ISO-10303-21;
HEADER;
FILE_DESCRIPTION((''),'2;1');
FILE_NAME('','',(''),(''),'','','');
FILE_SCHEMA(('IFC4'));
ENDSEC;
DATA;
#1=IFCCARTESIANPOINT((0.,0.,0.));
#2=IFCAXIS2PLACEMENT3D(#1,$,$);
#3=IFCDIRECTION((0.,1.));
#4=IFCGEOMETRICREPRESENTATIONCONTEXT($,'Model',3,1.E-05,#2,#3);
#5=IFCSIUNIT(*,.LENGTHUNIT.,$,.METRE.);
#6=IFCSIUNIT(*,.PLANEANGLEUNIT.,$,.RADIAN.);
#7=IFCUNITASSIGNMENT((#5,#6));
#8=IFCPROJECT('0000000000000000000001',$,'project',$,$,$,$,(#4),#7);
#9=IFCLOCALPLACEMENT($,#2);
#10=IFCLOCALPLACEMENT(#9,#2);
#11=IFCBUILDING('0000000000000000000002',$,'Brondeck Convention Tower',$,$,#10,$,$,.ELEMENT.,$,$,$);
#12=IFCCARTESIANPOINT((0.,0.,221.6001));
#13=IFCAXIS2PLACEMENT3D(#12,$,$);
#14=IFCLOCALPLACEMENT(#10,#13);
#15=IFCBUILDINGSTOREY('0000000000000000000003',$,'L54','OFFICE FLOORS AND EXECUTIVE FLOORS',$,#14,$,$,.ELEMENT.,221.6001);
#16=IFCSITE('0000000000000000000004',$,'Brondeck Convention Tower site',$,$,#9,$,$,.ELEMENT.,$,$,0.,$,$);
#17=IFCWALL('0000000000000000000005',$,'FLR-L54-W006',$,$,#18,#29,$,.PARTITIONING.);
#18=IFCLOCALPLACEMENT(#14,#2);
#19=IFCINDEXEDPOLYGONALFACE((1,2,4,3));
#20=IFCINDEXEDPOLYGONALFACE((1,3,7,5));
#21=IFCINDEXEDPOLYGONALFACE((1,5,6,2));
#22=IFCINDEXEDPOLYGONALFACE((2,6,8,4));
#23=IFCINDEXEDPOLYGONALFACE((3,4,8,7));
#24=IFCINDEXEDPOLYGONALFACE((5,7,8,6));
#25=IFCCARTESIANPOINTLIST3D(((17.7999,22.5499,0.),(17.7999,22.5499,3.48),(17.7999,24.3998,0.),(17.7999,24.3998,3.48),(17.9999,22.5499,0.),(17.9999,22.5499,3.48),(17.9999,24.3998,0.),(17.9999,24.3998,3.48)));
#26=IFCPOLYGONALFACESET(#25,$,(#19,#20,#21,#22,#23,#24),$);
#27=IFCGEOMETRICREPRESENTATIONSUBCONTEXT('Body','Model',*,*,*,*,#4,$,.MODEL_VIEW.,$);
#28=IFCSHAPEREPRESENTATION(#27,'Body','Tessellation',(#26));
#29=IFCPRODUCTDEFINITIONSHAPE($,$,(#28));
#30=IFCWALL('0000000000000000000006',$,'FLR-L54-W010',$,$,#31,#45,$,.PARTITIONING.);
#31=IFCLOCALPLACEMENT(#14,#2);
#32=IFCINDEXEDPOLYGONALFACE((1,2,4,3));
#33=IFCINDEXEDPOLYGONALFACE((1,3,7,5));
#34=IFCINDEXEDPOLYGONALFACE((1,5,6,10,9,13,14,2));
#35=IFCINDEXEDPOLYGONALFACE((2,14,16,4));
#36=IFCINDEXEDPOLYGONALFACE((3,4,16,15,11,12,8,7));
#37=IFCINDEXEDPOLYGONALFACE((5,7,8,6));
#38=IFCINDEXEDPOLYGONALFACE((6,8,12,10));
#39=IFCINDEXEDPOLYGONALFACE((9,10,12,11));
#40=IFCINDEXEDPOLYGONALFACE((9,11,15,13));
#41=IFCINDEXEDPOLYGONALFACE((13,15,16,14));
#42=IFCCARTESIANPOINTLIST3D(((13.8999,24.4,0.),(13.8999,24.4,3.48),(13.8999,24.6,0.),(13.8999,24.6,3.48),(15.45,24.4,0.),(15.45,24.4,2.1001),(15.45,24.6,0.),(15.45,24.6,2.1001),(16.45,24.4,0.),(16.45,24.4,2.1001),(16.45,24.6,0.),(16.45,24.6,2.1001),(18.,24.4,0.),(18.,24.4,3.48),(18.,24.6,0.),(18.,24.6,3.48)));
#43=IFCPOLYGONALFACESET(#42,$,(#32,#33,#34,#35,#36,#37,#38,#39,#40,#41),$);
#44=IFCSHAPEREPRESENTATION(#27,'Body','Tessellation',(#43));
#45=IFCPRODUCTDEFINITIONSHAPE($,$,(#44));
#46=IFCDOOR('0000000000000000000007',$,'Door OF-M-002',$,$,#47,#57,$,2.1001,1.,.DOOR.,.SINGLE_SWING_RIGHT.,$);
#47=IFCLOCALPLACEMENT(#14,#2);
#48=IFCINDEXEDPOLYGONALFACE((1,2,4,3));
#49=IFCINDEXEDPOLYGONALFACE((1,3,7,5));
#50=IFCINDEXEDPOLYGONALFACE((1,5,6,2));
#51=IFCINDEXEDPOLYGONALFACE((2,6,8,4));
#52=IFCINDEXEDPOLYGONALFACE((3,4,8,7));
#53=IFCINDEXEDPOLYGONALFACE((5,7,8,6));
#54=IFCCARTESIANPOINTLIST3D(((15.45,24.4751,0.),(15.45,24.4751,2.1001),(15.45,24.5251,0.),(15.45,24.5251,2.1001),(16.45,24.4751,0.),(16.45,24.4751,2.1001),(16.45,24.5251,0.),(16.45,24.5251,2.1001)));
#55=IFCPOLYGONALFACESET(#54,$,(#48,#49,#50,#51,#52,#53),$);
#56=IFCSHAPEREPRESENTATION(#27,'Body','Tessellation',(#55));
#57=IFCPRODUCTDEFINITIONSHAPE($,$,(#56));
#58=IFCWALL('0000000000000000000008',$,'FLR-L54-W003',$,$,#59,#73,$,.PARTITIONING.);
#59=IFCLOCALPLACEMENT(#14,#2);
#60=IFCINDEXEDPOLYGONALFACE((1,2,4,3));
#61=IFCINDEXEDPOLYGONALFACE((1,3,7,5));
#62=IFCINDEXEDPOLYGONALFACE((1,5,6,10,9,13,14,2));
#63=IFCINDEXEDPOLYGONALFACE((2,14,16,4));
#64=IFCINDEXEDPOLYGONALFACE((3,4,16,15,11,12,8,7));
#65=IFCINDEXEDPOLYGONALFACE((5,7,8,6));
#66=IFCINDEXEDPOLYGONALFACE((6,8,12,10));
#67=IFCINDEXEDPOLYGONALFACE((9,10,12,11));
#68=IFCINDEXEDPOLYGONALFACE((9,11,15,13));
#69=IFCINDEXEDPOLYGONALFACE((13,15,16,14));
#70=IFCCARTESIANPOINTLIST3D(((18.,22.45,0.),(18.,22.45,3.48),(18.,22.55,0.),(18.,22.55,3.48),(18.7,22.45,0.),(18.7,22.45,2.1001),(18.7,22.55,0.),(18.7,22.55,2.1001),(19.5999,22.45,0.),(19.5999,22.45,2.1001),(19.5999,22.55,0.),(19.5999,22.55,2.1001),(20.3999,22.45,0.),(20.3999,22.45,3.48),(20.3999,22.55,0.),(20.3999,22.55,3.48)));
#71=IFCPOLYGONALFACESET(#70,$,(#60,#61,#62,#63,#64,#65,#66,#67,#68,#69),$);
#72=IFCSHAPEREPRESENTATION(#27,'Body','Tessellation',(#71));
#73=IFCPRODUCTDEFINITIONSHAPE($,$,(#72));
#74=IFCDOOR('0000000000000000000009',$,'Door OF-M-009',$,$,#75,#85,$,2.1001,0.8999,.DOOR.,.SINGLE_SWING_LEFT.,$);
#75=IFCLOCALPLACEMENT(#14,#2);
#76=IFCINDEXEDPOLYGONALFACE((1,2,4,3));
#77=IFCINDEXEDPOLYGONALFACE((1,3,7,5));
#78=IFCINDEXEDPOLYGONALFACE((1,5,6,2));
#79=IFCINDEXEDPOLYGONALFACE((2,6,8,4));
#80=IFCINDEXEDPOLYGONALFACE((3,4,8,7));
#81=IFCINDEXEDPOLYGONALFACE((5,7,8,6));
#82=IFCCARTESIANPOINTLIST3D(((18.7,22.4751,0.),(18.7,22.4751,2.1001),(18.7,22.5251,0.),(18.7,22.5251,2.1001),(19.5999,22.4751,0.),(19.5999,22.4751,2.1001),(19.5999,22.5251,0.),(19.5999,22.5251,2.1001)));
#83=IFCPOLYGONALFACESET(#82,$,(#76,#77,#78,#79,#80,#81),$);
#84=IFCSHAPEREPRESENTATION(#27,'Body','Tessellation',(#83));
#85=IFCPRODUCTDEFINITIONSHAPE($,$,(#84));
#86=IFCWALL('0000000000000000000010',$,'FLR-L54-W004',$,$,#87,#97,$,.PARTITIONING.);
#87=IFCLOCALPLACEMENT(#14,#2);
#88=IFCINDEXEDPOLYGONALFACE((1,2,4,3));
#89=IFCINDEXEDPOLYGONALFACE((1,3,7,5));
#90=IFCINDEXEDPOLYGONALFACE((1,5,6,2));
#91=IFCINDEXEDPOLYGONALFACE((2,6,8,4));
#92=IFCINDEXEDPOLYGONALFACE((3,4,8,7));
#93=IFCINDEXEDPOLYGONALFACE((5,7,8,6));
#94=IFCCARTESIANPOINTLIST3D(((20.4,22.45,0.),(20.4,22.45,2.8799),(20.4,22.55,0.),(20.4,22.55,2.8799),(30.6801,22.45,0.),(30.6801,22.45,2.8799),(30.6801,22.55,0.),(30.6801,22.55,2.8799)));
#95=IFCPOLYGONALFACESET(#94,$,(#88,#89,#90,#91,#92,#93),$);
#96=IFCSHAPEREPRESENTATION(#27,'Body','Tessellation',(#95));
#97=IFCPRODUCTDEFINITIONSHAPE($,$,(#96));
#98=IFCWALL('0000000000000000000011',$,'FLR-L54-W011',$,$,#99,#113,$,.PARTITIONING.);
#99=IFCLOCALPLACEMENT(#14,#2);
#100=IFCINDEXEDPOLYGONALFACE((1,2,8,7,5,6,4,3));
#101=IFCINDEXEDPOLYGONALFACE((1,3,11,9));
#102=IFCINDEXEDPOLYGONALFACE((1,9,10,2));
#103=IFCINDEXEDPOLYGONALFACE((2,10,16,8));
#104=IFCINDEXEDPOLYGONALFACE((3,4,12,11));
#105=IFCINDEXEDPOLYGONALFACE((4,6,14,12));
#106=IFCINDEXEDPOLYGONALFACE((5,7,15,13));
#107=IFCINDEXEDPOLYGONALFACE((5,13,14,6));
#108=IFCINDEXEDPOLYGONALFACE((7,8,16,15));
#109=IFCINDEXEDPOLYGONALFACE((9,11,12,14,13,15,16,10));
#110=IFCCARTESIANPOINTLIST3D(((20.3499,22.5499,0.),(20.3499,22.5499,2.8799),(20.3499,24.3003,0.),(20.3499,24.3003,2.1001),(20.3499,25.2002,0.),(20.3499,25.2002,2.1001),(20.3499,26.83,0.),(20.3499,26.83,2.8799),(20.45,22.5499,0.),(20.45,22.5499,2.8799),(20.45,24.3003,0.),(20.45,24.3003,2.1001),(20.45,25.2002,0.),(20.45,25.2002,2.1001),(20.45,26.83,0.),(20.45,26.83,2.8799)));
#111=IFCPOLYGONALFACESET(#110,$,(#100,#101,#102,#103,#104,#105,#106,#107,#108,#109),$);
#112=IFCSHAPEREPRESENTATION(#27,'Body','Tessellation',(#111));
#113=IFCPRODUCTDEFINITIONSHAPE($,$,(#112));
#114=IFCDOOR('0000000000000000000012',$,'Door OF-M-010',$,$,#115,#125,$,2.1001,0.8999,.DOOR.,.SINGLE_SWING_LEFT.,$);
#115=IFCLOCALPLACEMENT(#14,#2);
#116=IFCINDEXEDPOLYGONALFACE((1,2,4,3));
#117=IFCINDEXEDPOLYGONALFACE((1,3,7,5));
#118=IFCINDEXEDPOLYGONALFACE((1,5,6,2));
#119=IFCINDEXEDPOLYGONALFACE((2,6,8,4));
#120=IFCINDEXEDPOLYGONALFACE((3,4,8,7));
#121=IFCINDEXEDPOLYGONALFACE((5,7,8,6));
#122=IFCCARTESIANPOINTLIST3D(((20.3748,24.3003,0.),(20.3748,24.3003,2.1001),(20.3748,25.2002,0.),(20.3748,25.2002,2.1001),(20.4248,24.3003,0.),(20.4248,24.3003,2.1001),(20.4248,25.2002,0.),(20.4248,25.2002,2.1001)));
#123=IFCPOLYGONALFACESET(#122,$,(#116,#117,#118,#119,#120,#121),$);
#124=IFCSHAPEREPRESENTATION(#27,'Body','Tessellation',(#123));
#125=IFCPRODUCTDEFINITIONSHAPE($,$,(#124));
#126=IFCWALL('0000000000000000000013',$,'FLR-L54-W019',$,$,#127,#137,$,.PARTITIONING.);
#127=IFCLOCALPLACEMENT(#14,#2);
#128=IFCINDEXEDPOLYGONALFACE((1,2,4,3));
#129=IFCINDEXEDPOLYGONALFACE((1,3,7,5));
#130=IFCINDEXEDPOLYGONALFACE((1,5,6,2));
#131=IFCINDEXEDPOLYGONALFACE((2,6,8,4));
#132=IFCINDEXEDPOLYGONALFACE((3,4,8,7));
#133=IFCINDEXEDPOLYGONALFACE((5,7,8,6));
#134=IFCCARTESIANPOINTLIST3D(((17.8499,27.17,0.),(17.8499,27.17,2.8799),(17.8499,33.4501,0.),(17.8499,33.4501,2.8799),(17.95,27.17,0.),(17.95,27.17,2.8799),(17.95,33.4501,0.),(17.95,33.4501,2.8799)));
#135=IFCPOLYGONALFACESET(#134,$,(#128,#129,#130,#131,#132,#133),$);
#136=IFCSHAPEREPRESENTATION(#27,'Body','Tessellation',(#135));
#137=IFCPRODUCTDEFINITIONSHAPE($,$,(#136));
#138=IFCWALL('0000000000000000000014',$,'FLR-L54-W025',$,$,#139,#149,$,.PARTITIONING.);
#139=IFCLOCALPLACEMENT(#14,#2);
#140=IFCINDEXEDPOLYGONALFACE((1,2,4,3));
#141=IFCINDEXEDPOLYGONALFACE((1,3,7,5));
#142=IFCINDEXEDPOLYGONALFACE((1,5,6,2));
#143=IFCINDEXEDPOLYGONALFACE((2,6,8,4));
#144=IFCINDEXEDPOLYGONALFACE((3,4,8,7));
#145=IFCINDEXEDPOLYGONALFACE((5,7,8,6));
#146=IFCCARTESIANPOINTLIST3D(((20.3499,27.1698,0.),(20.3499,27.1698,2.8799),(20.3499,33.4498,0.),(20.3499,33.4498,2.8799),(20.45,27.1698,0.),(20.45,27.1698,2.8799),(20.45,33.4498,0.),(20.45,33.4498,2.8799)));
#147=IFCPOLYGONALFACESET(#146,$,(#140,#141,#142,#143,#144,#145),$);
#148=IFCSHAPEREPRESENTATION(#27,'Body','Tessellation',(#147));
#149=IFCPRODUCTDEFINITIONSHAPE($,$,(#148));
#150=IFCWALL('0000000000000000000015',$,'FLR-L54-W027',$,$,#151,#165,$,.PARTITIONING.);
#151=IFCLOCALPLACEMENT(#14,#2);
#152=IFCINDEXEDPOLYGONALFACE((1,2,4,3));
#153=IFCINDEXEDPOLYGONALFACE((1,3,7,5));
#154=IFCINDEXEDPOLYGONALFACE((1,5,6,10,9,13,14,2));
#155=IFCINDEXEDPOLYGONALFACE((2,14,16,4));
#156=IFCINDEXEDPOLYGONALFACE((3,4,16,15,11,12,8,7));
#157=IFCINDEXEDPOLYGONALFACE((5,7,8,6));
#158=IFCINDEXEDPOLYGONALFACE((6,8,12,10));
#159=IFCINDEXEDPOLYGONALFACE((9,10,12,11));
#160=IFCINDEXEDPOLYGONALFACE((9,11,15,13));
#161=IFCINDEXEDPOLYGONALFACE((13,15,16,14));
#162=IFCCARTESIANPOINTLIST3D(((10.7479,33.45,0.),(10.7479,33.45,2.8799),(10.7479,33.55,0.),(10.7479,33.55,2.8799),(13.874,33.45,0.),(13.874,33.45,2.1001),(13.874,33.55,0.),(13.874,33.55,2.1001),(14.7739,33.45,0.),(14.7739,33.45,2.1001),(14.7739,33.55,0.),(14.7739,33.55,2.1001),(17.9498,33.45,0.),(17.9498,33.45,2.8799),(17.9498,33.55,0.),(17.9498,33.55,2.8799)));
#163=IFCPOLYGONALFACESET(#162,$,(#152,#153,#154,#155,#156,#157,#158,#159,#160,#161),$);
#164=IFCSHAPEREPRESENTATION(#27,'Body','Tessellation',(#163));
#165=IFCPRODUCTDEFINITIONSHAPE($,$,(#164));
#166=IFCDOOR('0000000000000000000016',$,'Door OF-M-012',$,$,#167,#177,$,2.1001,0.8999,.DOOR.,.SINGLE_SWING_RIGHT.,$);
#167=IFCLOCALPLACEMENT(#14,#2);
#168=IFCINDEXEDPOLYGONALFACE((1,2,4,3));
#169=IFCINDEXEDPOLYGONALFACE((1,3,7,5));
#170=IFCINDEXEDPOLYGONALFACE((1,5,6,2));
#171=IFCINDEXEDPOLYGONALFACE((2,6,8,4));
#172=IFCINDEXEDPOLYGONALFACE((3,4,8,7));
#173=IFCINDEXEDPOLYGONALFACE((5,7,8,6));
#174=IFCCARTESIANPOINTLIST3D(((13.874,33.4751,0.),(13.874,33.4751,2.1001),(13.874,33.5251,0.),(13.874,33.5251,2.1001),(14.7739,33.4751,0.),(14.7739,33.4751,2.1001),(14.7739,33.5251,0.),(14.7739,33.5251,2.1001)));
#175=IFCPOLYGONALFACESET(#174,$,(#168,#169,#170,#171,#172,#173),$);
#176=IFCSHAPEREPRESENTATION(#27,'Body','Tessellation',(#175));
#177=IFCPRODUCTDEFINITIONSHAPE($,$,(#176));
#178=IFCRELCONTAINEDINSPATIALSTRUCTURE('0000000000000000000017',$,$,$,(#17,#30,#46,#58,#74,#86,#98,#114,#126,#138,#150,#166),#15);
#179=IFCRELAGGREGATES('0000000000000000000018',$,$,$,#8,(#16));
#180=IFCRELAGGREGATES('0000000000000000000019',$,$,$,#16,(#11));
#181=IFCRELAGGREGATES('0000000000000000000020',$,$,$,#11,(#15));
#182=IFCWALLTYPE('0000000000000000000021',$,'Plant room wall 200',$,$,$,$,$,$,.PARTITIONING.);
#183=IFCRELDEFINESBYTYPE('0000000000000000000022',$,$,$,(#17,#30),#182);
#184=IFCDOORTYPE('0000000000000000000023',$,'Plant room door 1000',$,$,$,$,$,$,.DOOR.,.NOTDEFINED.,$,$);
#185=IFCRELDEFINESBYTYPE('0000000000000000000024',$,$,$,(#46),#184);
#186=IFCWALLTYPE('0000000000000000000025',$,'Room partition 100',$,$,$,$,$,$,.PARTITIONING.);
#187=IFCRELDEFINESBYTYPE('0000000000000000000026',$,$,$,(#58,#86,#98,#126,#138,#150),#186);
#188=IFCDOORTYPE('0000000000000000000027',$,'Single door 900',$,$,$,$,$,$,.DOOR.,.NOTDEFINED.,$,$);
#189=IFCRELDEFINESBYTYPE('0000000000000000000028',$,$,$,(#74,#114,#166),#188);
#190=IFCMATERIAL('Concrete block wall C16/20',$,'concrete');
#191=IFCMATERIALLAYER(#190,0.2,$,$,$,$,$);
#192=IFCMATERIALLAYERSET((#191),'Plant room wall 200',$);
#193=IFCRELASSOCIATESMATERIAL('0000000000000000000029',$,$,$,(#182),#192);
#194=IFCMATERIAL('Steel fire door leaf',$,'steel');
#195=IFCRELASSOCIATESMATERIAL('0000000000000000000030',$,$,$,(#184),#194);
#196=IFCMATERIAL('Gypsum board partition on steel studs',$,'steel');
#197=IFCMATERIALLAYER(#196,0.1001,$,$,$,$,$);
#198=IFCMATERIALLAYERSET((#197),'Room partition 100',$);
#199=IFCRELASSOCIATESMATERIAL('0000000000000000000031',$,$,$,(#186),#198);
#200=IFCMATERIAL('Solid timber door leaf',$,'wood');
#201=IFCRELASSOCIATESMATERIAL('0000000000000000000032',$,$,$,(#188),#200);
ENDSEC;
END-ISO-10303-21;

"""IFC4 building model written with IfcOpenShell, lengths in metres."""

from ifc_helpers import new_model, si_unit, direction, frame, frame_2d, origin, place, context, subcontext, project, spatial, rectangle, extrude, material, layer, layer_set, type_object, element, fill, save


model = new_model("IFC4")

# Units and contexts
model_context = context("Model", 3, precision=1e-05, world=origin(), true_north=direction((0.0, 1.0)))
body_context = subcontext(model_context, "Body", "Model", "MODEL_VIEW")
ifc_project = project(units=[si_unit("LENGTHUNIT", "METRE"), si_unit("PLANEANGLEUNIT", "RADIAN")], contexts=[model_context])

# Site, building, storey
site_placement = place(None, origin())
site = spatial("IfcSite", under=ifc_project, at=site_placement, Name="Brondeck Convention Tower site", CompositionType="ELEMENT", RefElevation=0.0)
building_placement = place(site_placement, origin())
building = spatial("IfcBuilding", under=site, at=building_placement, Name="Brondeck Convention Tower", CompositionType="ELEMENT")
storey_placement = place(building_placement, frame((0.0, 0.0, 221.6001)))
storey = spatial("IfcBuildingStorey", under=building, at=storey_placement, Name="L54", Description="OFFICE FLOORS AND EXECUTIVE FLOORS", CompositionType="ELEMENT", Elevation=221.6001)

# Wall
ifc_material_1 = material(Name="Concrete block wall C16/20", Category="concrete")
ifc_layer_1 = layer(ifc_material_1, 0.2)
ifc_layer_set_1 = layer_set([ifc_layer_1], Name="Plant room wall 200")
wall_type_1 = type_object("IfcWallType", Name="Plant room wall 200", PredefinedType="PARTITIONING", material=ifc_layer_set_1)
wall_1_placement = place(storey_placement, frame((17.8999, 22.55, 0.0), z_axis=(0.0, 0.0, 1.0), x_axis=(0.0, 1.0, 0.0)))
element("IfcWall", 1, at=wall_1_placement, inside=storey, type_object=wall_type_1, Name="FLR-L54-W006", PredefinedType="PARTITIONING", context=body_context, shape_type="SweptSolid", body=[
    extrude(rectangle(XDim=1.8499, YDim=0.2, at=frame_2d((0.9248, 0.0))), origin(), (0.0, 0.0, 1.0), 3.48),
])

# Walls, openings, doors
wall_2_placement = place(storey_placement, frame((18.0, 24.5, 0.0), z_axis=(0.0, 0.0, 1.0), x_axis=(-1.0, 0.0, 0.0)))
wall_2 = element("IfcWall", 2, at=wall_2_placement, inside=storey, type_object=wall_type_1, Name="FLR-L54-W010", PredefinedType="PARTITIONING", context=body_context, shape_type="SweptSolid", body=[
    extrude(rectangle(XDim=4.1001, YDim=0.2, at=frame_2d((2.05, 0.0))), origin(), (0.0, 0.0, 1.0), 3.48),
])
opening_1_placement = place(wall_2_placement, frame((1.55, 0.0, 0.0)))
opening_1 = element("IfcOpeningElement", 3, at=opening_1_placement, cuts=wall_2, PredefinedType="OPENING", context=body_context, shape_type="SweptSolid", body=[
    extrude(rectangle(XDim=1.0, YDim=2.1001, at=frame_2d((0.5, 1.05))), frame((0.0, 0.1099, 0.0), z_axis=(0.0, -1.0, 0.0), x_axis=(1.0, 0.0, 0.0)), (0.0, 0.0, 1.0), 0.22),
])
ifc_material_2 = material(Name="Steel fire door leaf", Category="steel")
door_type_1 = type_object("IfcDoorType", Name="Plant room door 1000", OperationType="NOTDEFINED", PredefinedType="DOOR", material=ifc_material_2)
door_1_placement = place(opening_1_placement, origin())
door_1 = element("IfcDoor", 4, at=door_1_placement, inside=storey, type_object=door_type_1, Name="Door OF-M-002", OperationType="SINGLE_SWING_RIGHT", OverallHeight=2.1001, OverallWidth=1.0, PredefinedType="DOOR", context=body_context, shape_type="SweptSolid", body=[
    extrude(rectangle(XDim=1.0, YDim=2.1001, at=frame_2d((0.5, 1.05))), frame((0.0, 0.0249, 0.0), z_axis=(0.0, -1.0, 0.0), x_axis=(1.0, 0.0, 0.0)), (0.0, 0.0, 1.0), 0.05),
])
fill(opening_1, door_1)
ifc_material_3 = material(Name="Gypsum board partition on steel studs", Category="steel")
ifc_layer_2 = layer(ifc_material_3, 0.1001)
ifc_layer_set_2 = layer_set([ifc_layer_2], Name="Room partition 100")
wall_type_2 = type_object("IfcWallType", Name="Room partition 100", PredefinedType="PARTITIONING", material=ifc_layer_set_2)
wall_3_placement = place(storey_placement, frame((20.3999, 22.5, 0.0), z_axis=(0.0, 0.0, 1.0), x_axis=(-1.0, 0.0, 0.0)))
wall_3 = element("IfcWall", 5, at=wall_3_placement, inside=storey, type_object=wall_type_2, Name="FLR-L54-W003", PredefinedType="PARTITIONING", context=body_context, shape_type="SweptSolid", body=[
    extrude(rectangle(XDim=2.3999, YDim=0.1001, at=frame_2d((1.2, 0.0))), origin(), (0.0, 0.0, 1.0), 3.48),
])
opening_2_placement = place(wall_3_placement, frame((0.8, 0.0, 0.0)))
opening_2 = element("IfcOpeningElement", 6, at=opening_2_placement, cuts=wall_3, PredefinedType="OPENING", context=body_context, shape_type="SweptSolid", body=[
    extrude(rectangle(XDim=0.8999, YDim=2.1001, at=frame_2d((0.45, 1.05))), frame((0.0, 0.0601, 0.0), z_axis=(0.0, -1.0, 0.0), x_axis=(1.0, 0.0, 0.0)), (0.0, 0.0, 1.0), 0.1201),
])
ifc_material_4 = material(Name="Solid timber door leaf", Category="wood")
door_type_2 = type_object("IfcDoorType", Name="Single door 900", OperationType="NOTDEFINED", PredefinedType="DOOR", material=ifc_material_4)
door_2_placement = place(opening_2_placement, origin())
door_2 = element("IfcDoor", 7, at=door_2_placement, inside=storey, type_object=door_type_2, Name="Door OF-M-009", OperationType="SINGLE_SWING_LEFT", OverallHeight=2.1001, OverallWidth=0.8999, PredefinedType="DOOR", context=body_context, shape_type="SweptSolid", body=[
    extrude(rectangle(XDim=0.8999, YDim=2.1001, at=frame_2d((0.45, 1.05))), frame((0.0, 0.0249, 0.0), z_axis=(0.0, -1.0, 0.0), x_axis=(1.0, 0.0, 0.0)), (0.0, 0.0, 1.0), 0.05),
])
fill(opening_2, door_2)

# Wall
wall_4_placement = place(storey_placement, frame((20.3999, 22.5, 0.0), z_axis=(0.0, 0.0, 1.0), x_axis=(1.0, 0.0, 0.0)))
element("IfcWall", 8, at=wall_4_placement, inside=storey, type_object=wall_type_2, Name="FLR-L54-W004", PredefinedType="PARTITIONING", context=body_context, shape_type="SweptSolid", body=[
    extrude(rectangle(XDim=10.28, YDim=0.1001, at=frame_2d((5.1401, 0.0))), origin(), (0.0, 0.0, 1.0), 2.8799),
])

# Wall, opening, door
wall_5_placement = place(storey_placement, frame((20.3999, 26.8301, 0.0), z_axis=(0.0, 0.0, 1.0), x_axis=(0.0, -1.0, 0.0)))
wall_5 = element("IfcWall", 9, at=wall_5_placement, inside=storey, type_object=wall_type_2, Name="FLR-L54-W011", PredefinedType="PARTITIONING", context=body_context, shape_type="SweptSolid", body=[
    extrude(rectangle(XDim=4.28, YDim=0.1001, at=frame_2d((2.1401, 0.0))), origin(), (0.0, 0.0, 1.0), 2.8799),
])
opening_3_placement = place(wall_5_placement, frame((1.6299, 0.0, 0.0)))
opening_3 = element("IfcOpeningElement", 10, at=opening_3_placement, cuts=wall_5, PredefinedType="OPENING", context=body_context, shape_type="SweptSolid", body=[
    extrude(rectangle(XDim=0.8999, YDim=2.1001, at=frame_2d((0.45, 1.05))), frame((0.0, 0.0601, 0.0), z_axis=(0.0, -1.0, 0.0), x_axis=(1.0, 0.0, 0.0)), (0.0, 0.0, 1.0), 0.1201),
])
door_3_placement = place(opening_3_placement, origin())
door_3 = element("IfcDoor", 11, at=door_3_placement, inside=storey, type_object=door_type_2, Name="Door OF-M-010", OperationType="SINGLE_SWING_LEFT", OverallHeight=2.1001, OverallWidth=0.8999, PredefinedType="DOOR", context=body_context, shape_type="SweptSolid", body=[
    extrude(rectangle(XDim=0.8999, YDim=2.1001, at=frame_2d((0.45, 1.05))), frame((0.0, 0.0249, 0.0), z_axis=(0.0, -1.0, 0.0), x_axis=(1.0, 0.0, 0.0)), (0.0, 0.0, 1.0), 0.05),
])
fill(opening_3, door_3)

# Walls
for number, where, z_axis, x_axis, name in (
    (12, (17.8999, 27.1699, 0.0), (0.0, 0.0, 1.0), (0.0, 1.0, 0.0), "FLR-L54-W019"),
    (13, (20.3999, 33.45, 0.0), (0.0, 0.0, 1.0), (0.0, -1.0, 0.0), "FLR-L54-W025"),
):
    element("IfcWall", number, at=place(storey_placement, frame(where, z_axis=z_axis, x_axis=x_axis)), inside=storey, type_object=wall_type_2, Name=name, PredefinedType="PARTITIONING", context=body_context, shape_type="SweptSolid", body=[
        extrude(rectangle(XDim=6.28, YDim=0.1001, at=frame_2d((3.1401, 0.0))), origin(), (0.0, 0.0, 1.0), 2.8799),
    ])

# Wall, opening, door
wall_6_placement = place(storey_placement, frame((17.95, 33.5, 0.0), z_axis=(0.0, 0.0, 1.0), x_axis=(-1.0, 0.0, 0.0)))
wall_6 = element("IfcWall", 14, at=wall_6_placement, inside=storey, type_object=wall_type_2, Name="FLR-L54-W027", PredefinedType="PARTITIONING", context=body_context, shape_type="SweptSolid", body=[
    extrude(rectangle(XDim=7.2019, YDim=0.1001, at=frame_2d((3.6011, 0.0))), origin(), (0.0, 0.0, 1.0), 2.8799),
])
opening_4_placement = place(wall_6_placement, frame((3.176, 0.0, 0.0)))
opening_4 = element("IfcOpeningElement", 15, at=opening_4_placement, cuts=wall_6, PredefinedType="OPENING", context=body_context, shape_type="SweptSolid", body=[
    extrude(rectangle(XDim=0.8999, YDim=2.1001, at=frame_2d((0.45, 1.05))), frame((0.0, 0.0601, 0.0), z_axis=(0.0, -1.0, 0.0), x_axis=(1.0, 0.0, 0.0)), (0.0, 0.0, 1.0), 0.1201),
])
door_4_placement = place(opening_4_placement, origin())
door_4 = element("IfcDoor", 16, at=door_4_placement, inside=storey, type_object=door_type_2, Name="Door OF-M-012", OperationType="SINGLE_SWING_RIGHT", OverallHeight=2.1001, OverallWidth=0.8999, PredefinedType="DOOR", context=body_context, shape_type="SweptSolid", body=[
    extrude(rectangle(XDim=0.8999, YDim=2.1001, at=frame_2d((0.45, 1.05))), frame((0.0, 0.0249, 0.0), z_axis=(0.0, -1.0, 0.0), x_axis=(1.0, 0.0, 0.0)), (0.0, 0.0, 1.0), 0.05),
])
fill(opening_4, door_4)

save(model, "model.ifc")
